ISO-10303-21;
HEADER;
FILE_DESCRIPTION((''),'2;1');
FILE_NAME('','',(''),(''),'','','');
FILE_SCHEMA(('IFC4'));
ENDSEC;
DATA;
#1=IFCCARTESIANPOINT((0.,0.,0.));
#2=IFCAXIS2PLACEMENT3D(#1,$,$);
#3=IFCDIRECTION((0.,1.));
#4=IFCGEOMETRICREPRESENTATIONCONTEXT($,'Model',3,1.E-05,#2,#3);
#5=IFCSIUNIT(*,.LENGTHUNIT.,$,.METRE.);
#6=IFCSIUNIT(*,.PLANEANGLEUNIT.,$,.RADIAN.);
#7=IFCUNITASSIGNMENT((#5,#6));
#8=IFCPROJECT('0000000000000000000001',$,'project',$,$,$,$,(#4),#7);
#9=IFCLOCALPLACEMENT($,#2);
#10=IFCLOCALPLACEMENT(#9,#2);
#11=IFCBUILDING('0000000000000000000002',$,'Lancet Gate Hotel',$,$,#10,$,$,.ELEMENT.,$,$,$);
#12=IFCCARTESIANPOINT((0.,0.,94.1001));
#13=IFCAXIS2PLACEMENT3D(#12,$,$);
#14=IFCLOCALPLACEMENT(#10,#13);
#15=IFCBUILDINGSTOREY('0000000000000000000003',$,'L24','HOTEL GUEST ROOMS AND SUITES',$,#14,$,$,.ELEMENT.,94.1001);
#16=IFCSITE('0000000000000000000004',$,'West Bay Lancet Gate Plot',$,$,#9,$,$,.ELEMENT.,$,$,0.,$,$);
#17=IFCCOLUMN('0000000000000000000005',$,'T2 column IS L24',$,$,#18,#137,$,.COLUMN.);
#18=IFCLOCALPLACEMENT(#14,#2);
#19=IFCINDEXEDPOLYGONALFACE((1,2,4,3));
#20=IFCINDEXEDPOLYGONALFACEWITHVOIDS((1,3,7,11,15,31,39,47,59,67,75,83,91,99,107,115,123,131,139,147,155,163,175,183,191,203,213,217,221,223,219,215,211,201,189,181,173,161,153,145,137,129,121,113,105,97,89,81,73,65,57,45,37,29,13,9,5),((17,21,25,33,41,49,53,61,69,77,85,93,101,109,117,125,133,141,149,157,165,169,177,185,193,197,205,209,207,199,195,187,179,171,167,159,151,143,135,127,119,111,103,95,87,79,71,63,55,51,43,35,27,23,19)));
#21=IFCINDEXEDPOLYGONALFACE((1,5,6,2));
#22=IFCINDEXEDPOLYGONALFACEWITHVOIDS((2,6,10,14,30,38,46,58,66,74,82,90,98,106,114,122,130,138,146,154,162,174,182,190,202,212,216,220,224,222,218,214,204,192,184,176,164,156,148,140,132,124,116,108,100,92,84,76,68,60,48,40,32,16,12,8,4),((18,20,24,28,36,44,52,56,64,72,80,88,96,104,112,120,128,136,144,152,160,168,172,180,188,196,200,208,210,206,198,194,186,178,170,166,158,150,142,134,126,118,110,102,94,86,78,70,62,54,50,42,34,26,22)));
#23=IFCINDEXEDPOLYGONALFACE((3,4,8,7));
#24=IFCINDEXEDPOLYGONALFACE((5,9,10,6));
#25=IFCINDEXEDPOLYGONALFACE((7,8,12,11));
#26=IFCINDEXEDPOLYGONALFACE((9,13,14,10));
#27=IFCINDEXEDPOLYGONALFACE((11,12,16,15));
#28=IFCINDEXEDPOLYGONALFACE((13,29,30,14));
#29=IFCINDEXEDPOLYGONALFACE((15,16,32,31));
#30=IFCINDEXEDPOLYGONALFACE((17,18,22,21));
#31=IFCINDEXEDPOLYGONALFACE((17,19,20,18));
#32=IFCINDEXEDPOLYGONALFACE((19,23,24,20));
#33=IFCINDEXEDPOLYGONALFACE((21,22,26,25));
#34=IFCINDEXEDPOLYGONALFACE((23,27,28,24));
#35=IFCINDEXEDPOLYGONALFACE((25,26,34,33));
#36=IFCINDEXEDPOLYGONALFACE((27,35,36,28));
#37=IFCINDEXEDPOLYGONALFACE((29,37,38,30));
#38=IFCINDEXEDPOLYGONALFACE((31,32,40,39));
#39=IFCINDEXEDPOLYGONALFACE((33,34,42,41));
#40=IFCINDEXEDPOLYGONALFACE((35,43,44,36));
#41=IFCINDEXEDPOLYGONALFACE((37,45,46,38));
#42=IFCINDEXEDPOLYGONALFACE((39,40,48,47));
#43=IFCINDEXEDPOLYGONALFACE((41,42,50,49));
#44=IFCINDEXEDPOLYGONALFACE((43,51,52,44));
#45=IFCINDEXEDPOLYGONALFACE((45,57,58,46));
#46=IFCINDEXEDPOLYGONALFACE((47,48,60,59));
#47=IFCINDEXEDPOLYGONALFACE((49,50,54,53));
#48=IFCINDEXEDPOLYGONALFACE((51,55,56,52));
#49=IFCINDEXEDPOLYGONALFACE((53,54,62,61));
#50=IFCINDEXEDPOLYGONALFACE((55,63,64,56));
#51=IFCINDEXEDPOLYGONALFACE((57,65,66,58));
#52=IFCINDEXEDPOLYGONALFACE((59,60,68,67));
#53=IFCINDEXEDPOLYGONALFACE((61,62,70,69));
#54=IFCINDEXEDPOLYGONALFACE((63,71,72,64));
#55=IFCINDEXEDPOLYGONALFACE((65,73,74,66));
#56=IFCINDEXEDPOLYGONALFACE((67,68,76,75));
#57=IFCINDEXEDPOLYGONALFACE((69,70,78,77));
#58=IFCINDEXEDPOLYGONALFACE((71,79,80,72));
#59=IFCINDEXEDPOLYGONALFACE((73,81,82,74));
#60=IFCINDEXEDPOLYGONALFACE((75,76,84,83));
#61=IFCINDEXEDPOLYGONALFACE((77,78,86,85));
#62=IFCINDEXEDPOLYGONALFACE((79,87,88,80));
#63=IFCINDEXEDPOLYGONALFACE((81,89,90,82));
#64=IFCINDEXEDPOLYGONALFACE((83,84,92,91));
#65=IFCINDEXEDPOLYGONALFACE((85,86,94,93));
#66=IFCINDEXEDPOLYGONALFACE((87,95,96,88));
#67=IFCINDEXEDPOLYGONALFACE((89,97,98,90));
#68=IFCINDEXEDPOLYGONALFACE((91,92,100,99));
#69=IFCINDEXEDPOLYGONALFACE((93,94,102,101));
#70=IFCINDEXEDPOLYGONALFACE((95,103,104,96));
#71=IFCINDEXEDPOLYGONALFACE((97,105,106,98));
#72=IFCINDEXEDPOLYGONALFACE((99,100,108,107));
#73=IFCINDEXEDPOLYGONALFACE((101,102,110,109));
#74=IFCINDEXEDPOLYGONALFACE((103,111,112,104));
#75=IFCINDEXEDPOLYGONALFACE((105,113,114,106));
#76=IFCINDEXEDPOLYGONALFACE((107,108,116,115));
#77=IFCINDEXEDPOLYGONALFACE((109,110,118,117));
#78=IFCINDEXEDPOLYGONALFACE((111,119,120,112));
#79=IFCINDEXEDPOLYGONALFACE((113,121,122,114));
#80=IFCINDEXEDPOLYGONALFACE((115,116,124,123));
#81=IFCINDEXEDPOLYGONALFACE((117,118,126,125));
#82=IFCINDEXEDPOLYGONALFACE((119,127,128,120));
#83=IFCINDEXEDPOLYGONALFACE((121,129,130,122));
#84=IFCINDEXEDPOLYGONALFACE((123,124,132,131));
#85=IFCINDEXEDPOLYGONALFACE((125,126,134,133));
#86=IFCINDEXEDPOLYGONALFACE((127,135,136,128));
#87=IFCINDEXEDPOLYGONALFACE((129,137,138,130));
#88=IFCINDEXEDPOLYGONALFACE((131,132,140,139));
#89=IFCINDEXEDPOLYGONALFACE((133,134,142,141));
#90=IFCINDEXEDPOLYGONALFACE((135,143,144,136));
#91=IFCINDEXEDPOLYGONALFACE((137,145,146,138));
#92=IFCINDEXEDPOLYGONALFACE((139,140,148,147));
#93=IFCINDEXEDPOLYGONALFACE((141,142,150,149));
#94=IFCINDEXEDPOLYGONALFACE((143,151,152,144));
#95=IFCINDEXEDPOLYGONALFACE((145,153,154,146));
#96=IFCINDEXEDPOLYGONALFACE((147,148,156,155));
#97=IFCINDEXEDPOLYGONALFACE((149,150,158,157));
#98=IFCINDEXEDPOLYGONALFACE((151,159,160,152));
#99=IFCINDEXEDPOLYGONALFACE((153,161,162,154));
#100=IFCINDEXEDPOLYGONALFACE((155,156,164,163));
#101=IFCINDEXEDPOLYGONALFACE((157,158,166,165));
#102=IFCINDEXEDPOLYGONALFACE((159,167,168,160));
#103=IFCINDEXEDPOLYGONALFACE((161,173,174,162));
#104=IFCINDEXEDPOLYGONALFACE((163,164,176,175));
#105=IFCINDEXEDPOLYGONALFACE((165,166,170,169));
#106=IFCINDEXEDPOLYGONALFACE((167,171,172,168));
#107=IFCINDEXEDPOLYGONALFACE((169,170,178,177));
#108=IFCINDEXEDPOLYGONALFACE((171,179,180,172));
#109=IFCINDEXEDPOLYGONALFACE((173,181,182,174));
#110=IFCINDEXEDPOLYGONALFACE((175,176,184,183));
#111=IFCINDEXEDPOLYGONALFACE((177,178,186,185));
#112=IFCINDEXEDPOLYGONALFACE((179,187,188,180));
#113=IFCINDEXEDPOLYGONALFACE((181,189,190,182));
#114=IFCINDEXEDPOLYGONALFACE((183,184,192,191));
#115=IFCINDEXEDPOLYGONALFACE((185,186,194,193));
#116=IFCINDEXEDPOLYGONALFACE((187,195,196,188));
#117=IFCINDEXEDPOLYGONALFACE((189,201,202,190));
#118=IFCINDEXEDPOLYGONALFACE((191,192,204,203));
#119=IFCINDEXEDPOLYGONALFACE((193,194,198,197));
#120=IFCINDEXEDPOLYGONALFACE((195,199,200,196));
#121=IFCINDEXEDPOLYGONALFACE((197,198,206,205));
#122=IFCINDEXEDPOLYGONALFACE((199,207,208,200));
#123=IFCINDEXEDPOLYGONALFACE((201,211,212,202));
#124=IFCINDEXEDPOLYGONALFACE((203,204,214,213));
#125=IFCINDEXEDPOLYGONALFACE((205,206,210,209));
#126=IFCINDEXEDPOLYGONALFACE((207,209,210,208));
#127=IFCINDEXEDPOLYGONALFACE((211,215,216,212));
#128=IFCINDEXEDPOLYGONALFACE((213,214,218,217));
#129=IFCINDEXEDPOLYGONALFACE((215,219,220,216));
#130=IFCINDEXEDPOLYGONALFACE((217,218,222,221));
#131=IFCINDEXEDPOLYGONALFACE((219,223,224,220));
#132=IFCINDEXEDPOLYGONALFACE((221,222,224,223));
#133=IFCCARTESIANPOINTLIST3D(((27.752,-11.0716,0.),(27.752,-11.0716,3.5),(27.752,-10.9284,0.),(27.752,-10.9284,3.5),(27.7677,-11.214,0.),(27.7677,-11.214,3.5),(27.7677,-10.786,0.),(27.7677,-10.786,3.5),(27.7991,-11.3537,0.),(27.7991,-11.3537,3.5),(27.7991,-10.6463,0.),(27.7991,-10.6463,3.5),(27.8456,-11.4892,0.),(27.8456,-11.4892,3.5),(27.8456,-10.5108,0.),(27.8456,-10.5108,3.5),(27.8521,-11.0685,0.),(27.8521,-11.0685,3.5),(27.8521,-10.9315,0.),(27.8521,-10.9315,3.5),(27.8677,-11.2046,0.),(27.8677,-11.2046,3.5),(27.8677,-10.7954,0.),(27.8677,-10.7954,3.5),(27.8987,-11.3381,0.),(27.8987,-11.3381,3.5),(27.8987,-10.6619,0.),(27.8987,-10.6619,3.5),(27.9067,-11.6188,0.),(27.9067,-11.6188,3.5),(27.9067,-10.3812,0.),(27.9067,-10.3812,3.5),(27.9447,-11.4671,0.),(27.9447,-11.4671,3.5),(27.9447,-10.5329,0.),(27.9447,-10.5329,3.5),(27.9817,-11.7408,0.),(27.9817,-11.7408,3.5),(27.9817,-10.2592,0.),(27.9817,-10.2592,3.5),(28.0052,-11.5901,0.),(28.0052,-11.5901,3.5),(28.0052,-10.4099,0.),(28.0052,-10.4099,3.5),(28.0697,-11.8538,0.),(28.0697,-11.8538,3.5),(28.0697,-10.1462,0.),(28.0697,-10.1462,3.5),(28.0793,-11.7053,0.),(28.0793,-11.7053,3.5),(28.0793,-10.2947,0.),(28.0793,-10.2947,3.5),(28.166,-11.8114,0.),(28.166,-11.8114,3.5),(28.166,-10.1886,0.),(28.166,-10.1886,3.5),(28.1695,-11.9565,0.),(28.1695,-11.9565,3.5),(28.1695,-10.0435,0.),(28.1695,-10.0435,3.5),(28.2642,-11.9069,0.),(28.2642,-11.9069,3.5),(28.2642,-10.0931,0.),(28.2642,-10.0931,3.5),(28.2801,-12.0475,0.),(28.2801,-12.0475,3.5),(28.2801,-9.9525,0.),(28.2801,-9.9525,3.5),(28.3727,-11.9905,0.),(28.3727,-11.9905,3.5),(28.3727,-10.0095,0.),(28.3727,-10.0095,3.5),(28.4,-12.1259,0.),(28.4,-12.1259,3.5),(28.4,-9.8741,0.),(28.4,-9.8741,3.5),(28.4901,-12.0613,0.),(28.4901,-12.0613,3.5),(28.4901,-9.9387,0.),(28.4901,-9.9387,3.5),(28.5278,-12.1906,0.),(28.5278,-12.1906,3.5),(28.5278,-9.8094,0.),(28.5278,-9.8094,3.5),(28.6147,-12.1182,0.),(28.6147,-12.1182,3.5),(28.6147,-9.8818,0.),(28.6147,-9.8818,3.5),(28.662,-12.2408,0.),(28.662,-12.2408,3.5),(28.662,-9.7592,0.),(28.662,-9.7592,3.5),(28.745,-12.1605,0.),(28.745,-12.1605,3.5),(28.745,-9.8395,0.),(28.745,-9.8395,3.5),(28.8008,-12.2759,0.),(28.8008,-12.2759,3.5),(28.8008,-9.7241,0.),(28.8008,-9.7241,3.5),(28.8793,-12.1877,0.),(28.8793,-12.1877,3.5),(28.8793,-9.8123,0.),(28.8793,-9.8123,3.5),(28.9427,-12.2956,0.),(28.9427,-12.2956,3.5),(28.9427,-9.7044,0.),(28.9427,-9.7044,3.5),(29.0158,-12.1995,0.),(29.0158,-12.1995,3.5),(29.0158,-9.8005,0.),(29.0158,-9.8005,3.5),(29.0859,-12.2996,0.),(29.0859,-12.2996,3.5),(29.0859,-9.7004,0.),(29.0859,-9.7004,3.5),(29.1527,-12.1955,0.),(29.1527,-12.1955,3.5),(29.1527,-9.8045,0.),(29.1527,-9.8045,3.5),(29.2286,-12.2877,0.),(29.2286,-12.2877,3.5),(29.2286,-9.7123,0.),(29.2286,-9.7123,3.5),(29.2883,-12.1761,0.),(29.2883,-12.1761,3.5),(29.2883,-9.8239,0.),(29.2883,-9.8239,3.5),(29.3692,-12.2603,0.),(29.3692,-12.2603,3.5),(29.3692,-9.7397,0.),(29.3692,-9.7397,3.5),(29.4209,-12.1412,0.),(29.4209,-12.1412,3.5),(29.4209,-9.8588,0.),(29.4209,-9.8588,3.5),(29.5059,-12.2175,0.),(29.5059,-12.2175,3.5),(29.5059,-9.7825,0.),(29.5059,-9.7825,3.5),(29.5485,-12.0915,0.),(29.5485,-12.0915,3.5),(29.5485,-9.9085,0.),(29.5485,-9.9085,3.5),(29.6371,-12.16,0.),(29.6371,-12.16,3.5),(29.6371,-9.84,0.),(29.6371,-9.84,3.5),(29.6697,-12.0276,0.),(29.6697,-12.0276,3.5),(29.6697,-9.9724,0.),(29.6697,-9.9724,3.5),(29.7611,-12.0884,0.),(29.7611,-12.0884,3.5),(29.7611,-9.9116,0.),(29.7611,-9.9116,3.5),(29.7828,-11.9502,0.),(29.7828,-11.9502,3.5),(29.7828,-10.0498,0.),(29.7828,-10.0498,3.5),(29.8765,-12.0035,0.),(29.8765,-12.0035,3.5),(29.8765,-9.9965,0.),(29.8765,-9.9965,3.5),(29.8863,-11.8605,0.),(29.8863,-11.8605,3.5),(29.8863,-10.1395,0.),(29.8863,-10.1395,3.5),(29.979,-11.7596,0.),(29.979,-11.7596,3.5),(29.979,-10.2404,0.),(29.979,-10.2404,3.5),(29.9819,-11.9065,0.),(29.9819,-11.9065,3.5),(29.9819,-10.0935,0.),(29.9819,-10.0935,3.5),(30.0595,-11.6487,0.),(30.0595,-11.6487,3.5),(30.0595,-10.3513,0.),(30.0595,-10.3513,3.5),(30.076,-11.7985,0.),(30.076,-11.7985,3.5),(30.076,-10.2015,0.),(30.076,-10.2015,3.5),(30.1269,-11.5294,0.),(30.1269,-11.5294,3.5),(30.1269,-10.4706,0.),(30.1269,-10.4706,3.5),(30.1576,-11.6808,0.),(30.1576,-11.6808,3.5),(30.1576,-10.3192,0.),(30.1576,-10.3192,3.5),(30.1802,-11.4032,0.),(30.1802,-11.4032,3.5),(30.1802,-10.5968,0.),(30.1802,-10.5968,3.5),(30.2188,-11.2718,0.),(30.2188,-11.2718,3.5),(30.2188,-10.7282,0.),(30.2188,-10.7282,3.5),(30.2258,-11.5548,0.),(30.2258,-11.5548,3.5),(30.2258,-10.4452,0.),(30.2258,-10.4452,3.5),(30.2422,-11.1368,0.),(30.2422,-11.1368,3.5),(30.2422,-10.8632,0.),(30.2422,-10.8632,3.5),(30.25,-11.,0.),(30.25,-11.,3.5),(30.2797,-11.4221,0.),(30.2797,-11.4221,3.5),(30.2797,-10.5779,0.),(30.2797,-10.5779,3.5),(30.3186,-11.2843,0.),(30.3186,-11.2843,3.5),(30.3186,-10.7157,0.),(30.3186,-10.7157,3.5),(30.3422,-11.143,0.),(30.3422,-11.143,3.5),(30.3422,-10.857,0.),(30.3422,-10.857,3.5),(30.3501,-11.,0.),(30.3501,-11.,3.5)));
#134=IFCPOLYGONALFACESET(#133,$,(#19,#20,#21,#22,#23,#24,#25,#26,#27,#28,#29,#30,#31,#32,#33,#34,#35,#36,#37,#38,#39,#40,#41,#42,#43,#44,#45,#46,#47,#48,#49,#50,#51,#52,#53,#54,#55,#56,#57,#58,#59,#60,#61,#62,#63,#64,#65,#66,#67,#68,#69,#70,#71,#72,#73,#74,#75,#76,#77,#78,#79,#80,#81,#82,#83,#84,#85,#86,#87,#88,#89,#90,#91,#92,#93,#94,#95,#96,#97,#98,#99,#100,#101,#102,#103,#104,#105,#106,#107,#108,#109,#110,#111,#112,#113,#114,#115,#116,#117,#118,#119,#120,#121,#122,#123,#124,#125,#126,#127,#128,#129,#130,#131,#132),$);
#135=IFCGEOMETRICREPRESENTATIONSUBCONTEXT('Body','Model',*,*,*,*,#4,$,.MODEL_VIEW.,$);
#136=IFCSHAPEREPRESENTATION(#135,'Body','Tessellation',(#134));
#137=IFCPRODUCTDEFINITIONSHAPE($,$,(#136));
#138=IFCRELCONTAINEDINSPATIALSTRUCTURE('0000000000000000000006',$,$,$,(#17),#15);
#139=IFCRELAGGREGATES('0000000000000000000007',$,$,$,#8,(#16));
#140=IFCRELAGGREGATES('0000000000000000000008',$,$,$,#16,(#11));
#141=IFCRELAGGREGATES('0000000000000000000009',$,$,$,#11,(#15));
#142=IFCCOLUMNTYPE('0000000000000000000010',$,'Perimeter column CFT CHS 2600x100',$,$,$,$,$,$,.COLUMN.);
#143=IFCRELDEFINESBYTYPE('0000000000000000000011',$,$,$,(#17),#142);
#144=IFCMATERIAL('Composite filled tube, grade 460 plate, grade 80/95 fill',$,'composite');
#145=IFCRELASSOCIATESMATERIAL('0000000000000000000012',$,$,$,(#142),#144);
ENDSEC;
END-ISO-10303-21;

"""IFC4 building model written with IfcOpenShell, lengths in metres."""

from ifc_helpers import new_model, si_unit, direction, frame, origin, origin_2d, place, context, subcontext, project, spatial, hollow_circle, extrude, material, material_profile, profile_set, type_object, element, save


model = new_model("IFC4")

# Units and contexts
model_context = context("Model", 3, precision=1e-05, world=origin(), true_north=direction((0.0, 1.0)))
body_context = subcontext(model_context, "Body", "Model", "MODEL_VIEW")
ifc_project = project(units=[si_unit("LENGTHUNIT", "METRE"), si_unit("PLANEANGLEUNIT", "RADIAN")], contexts=[model_context])

# Site, building, storey
site_placement = place(None, origin())
site = spatial("IfcSite", under=ifc_project, at=site_placement, Name="West Bay Lancet Gate Plot", CompositionType="ELEMENT", RefElevation=0.0)
building_placement = place(site_placement, origin())
building = spatial("IfcBuilding", under=site, at=building_placement, Name="Lancet Gate Hotel", CompositionType="ELEMENT")
storey_placement = place(building_placement, frame((0.0, 0.0, 94.1001)))
storey = spatial("IfcBuildingStorey", under=building, at=storey_placement, Name="L24", Description="HOTEL GUEST ROOMS AND SUITES", CompositionType="ELEMENT", Elevation=94.1001)

# Column
ifc_material_1 = material(Name="Composite filled tube, grade 460 plate, grade 80/95 fill", Category="composite")
ifc_material_profile_1 = material_profile(ifc_material_1, hollow_circle(Radius=1.3, WallThickness=0.1001, at=origin_2d()), Name="CHS 2600x100")
ifc_profile_set_1 = profile_set([ifc_material_profile_1], Name="Composite filled tube, grade 460 plate, grade 80/95 fill")
column_type = type_object("IfcColumnType", Name="Perimeter column CFT CHS 2600x100", PredefinedType="COLUMN", material=ifc_profile_set_1)
for number, where, z_axis, x_axis, name in (
    (1, (29.05, -11.0, 0.0), (0.0, 0.0, 1.0), (1.0, 0.0, 0.0), "T2 column IS L24"),
):
    element("IfcColumn", number, at=place(storey_placement, frame(where, z_axis=z_axis, x_axis=x_axis)), inside=storey, type_object=column_type, Name=name, PredefinedType="COLUMN", context=body_context, shape_type="SweptSolid", body=[
        extrude(hollow_circle(Radius=1.3, WallThickness=0.1001, at=origin_2d()), origin(), (0.0, 0.0, 1.0), 3.5),
    ])

save(model, "model.ifc")
